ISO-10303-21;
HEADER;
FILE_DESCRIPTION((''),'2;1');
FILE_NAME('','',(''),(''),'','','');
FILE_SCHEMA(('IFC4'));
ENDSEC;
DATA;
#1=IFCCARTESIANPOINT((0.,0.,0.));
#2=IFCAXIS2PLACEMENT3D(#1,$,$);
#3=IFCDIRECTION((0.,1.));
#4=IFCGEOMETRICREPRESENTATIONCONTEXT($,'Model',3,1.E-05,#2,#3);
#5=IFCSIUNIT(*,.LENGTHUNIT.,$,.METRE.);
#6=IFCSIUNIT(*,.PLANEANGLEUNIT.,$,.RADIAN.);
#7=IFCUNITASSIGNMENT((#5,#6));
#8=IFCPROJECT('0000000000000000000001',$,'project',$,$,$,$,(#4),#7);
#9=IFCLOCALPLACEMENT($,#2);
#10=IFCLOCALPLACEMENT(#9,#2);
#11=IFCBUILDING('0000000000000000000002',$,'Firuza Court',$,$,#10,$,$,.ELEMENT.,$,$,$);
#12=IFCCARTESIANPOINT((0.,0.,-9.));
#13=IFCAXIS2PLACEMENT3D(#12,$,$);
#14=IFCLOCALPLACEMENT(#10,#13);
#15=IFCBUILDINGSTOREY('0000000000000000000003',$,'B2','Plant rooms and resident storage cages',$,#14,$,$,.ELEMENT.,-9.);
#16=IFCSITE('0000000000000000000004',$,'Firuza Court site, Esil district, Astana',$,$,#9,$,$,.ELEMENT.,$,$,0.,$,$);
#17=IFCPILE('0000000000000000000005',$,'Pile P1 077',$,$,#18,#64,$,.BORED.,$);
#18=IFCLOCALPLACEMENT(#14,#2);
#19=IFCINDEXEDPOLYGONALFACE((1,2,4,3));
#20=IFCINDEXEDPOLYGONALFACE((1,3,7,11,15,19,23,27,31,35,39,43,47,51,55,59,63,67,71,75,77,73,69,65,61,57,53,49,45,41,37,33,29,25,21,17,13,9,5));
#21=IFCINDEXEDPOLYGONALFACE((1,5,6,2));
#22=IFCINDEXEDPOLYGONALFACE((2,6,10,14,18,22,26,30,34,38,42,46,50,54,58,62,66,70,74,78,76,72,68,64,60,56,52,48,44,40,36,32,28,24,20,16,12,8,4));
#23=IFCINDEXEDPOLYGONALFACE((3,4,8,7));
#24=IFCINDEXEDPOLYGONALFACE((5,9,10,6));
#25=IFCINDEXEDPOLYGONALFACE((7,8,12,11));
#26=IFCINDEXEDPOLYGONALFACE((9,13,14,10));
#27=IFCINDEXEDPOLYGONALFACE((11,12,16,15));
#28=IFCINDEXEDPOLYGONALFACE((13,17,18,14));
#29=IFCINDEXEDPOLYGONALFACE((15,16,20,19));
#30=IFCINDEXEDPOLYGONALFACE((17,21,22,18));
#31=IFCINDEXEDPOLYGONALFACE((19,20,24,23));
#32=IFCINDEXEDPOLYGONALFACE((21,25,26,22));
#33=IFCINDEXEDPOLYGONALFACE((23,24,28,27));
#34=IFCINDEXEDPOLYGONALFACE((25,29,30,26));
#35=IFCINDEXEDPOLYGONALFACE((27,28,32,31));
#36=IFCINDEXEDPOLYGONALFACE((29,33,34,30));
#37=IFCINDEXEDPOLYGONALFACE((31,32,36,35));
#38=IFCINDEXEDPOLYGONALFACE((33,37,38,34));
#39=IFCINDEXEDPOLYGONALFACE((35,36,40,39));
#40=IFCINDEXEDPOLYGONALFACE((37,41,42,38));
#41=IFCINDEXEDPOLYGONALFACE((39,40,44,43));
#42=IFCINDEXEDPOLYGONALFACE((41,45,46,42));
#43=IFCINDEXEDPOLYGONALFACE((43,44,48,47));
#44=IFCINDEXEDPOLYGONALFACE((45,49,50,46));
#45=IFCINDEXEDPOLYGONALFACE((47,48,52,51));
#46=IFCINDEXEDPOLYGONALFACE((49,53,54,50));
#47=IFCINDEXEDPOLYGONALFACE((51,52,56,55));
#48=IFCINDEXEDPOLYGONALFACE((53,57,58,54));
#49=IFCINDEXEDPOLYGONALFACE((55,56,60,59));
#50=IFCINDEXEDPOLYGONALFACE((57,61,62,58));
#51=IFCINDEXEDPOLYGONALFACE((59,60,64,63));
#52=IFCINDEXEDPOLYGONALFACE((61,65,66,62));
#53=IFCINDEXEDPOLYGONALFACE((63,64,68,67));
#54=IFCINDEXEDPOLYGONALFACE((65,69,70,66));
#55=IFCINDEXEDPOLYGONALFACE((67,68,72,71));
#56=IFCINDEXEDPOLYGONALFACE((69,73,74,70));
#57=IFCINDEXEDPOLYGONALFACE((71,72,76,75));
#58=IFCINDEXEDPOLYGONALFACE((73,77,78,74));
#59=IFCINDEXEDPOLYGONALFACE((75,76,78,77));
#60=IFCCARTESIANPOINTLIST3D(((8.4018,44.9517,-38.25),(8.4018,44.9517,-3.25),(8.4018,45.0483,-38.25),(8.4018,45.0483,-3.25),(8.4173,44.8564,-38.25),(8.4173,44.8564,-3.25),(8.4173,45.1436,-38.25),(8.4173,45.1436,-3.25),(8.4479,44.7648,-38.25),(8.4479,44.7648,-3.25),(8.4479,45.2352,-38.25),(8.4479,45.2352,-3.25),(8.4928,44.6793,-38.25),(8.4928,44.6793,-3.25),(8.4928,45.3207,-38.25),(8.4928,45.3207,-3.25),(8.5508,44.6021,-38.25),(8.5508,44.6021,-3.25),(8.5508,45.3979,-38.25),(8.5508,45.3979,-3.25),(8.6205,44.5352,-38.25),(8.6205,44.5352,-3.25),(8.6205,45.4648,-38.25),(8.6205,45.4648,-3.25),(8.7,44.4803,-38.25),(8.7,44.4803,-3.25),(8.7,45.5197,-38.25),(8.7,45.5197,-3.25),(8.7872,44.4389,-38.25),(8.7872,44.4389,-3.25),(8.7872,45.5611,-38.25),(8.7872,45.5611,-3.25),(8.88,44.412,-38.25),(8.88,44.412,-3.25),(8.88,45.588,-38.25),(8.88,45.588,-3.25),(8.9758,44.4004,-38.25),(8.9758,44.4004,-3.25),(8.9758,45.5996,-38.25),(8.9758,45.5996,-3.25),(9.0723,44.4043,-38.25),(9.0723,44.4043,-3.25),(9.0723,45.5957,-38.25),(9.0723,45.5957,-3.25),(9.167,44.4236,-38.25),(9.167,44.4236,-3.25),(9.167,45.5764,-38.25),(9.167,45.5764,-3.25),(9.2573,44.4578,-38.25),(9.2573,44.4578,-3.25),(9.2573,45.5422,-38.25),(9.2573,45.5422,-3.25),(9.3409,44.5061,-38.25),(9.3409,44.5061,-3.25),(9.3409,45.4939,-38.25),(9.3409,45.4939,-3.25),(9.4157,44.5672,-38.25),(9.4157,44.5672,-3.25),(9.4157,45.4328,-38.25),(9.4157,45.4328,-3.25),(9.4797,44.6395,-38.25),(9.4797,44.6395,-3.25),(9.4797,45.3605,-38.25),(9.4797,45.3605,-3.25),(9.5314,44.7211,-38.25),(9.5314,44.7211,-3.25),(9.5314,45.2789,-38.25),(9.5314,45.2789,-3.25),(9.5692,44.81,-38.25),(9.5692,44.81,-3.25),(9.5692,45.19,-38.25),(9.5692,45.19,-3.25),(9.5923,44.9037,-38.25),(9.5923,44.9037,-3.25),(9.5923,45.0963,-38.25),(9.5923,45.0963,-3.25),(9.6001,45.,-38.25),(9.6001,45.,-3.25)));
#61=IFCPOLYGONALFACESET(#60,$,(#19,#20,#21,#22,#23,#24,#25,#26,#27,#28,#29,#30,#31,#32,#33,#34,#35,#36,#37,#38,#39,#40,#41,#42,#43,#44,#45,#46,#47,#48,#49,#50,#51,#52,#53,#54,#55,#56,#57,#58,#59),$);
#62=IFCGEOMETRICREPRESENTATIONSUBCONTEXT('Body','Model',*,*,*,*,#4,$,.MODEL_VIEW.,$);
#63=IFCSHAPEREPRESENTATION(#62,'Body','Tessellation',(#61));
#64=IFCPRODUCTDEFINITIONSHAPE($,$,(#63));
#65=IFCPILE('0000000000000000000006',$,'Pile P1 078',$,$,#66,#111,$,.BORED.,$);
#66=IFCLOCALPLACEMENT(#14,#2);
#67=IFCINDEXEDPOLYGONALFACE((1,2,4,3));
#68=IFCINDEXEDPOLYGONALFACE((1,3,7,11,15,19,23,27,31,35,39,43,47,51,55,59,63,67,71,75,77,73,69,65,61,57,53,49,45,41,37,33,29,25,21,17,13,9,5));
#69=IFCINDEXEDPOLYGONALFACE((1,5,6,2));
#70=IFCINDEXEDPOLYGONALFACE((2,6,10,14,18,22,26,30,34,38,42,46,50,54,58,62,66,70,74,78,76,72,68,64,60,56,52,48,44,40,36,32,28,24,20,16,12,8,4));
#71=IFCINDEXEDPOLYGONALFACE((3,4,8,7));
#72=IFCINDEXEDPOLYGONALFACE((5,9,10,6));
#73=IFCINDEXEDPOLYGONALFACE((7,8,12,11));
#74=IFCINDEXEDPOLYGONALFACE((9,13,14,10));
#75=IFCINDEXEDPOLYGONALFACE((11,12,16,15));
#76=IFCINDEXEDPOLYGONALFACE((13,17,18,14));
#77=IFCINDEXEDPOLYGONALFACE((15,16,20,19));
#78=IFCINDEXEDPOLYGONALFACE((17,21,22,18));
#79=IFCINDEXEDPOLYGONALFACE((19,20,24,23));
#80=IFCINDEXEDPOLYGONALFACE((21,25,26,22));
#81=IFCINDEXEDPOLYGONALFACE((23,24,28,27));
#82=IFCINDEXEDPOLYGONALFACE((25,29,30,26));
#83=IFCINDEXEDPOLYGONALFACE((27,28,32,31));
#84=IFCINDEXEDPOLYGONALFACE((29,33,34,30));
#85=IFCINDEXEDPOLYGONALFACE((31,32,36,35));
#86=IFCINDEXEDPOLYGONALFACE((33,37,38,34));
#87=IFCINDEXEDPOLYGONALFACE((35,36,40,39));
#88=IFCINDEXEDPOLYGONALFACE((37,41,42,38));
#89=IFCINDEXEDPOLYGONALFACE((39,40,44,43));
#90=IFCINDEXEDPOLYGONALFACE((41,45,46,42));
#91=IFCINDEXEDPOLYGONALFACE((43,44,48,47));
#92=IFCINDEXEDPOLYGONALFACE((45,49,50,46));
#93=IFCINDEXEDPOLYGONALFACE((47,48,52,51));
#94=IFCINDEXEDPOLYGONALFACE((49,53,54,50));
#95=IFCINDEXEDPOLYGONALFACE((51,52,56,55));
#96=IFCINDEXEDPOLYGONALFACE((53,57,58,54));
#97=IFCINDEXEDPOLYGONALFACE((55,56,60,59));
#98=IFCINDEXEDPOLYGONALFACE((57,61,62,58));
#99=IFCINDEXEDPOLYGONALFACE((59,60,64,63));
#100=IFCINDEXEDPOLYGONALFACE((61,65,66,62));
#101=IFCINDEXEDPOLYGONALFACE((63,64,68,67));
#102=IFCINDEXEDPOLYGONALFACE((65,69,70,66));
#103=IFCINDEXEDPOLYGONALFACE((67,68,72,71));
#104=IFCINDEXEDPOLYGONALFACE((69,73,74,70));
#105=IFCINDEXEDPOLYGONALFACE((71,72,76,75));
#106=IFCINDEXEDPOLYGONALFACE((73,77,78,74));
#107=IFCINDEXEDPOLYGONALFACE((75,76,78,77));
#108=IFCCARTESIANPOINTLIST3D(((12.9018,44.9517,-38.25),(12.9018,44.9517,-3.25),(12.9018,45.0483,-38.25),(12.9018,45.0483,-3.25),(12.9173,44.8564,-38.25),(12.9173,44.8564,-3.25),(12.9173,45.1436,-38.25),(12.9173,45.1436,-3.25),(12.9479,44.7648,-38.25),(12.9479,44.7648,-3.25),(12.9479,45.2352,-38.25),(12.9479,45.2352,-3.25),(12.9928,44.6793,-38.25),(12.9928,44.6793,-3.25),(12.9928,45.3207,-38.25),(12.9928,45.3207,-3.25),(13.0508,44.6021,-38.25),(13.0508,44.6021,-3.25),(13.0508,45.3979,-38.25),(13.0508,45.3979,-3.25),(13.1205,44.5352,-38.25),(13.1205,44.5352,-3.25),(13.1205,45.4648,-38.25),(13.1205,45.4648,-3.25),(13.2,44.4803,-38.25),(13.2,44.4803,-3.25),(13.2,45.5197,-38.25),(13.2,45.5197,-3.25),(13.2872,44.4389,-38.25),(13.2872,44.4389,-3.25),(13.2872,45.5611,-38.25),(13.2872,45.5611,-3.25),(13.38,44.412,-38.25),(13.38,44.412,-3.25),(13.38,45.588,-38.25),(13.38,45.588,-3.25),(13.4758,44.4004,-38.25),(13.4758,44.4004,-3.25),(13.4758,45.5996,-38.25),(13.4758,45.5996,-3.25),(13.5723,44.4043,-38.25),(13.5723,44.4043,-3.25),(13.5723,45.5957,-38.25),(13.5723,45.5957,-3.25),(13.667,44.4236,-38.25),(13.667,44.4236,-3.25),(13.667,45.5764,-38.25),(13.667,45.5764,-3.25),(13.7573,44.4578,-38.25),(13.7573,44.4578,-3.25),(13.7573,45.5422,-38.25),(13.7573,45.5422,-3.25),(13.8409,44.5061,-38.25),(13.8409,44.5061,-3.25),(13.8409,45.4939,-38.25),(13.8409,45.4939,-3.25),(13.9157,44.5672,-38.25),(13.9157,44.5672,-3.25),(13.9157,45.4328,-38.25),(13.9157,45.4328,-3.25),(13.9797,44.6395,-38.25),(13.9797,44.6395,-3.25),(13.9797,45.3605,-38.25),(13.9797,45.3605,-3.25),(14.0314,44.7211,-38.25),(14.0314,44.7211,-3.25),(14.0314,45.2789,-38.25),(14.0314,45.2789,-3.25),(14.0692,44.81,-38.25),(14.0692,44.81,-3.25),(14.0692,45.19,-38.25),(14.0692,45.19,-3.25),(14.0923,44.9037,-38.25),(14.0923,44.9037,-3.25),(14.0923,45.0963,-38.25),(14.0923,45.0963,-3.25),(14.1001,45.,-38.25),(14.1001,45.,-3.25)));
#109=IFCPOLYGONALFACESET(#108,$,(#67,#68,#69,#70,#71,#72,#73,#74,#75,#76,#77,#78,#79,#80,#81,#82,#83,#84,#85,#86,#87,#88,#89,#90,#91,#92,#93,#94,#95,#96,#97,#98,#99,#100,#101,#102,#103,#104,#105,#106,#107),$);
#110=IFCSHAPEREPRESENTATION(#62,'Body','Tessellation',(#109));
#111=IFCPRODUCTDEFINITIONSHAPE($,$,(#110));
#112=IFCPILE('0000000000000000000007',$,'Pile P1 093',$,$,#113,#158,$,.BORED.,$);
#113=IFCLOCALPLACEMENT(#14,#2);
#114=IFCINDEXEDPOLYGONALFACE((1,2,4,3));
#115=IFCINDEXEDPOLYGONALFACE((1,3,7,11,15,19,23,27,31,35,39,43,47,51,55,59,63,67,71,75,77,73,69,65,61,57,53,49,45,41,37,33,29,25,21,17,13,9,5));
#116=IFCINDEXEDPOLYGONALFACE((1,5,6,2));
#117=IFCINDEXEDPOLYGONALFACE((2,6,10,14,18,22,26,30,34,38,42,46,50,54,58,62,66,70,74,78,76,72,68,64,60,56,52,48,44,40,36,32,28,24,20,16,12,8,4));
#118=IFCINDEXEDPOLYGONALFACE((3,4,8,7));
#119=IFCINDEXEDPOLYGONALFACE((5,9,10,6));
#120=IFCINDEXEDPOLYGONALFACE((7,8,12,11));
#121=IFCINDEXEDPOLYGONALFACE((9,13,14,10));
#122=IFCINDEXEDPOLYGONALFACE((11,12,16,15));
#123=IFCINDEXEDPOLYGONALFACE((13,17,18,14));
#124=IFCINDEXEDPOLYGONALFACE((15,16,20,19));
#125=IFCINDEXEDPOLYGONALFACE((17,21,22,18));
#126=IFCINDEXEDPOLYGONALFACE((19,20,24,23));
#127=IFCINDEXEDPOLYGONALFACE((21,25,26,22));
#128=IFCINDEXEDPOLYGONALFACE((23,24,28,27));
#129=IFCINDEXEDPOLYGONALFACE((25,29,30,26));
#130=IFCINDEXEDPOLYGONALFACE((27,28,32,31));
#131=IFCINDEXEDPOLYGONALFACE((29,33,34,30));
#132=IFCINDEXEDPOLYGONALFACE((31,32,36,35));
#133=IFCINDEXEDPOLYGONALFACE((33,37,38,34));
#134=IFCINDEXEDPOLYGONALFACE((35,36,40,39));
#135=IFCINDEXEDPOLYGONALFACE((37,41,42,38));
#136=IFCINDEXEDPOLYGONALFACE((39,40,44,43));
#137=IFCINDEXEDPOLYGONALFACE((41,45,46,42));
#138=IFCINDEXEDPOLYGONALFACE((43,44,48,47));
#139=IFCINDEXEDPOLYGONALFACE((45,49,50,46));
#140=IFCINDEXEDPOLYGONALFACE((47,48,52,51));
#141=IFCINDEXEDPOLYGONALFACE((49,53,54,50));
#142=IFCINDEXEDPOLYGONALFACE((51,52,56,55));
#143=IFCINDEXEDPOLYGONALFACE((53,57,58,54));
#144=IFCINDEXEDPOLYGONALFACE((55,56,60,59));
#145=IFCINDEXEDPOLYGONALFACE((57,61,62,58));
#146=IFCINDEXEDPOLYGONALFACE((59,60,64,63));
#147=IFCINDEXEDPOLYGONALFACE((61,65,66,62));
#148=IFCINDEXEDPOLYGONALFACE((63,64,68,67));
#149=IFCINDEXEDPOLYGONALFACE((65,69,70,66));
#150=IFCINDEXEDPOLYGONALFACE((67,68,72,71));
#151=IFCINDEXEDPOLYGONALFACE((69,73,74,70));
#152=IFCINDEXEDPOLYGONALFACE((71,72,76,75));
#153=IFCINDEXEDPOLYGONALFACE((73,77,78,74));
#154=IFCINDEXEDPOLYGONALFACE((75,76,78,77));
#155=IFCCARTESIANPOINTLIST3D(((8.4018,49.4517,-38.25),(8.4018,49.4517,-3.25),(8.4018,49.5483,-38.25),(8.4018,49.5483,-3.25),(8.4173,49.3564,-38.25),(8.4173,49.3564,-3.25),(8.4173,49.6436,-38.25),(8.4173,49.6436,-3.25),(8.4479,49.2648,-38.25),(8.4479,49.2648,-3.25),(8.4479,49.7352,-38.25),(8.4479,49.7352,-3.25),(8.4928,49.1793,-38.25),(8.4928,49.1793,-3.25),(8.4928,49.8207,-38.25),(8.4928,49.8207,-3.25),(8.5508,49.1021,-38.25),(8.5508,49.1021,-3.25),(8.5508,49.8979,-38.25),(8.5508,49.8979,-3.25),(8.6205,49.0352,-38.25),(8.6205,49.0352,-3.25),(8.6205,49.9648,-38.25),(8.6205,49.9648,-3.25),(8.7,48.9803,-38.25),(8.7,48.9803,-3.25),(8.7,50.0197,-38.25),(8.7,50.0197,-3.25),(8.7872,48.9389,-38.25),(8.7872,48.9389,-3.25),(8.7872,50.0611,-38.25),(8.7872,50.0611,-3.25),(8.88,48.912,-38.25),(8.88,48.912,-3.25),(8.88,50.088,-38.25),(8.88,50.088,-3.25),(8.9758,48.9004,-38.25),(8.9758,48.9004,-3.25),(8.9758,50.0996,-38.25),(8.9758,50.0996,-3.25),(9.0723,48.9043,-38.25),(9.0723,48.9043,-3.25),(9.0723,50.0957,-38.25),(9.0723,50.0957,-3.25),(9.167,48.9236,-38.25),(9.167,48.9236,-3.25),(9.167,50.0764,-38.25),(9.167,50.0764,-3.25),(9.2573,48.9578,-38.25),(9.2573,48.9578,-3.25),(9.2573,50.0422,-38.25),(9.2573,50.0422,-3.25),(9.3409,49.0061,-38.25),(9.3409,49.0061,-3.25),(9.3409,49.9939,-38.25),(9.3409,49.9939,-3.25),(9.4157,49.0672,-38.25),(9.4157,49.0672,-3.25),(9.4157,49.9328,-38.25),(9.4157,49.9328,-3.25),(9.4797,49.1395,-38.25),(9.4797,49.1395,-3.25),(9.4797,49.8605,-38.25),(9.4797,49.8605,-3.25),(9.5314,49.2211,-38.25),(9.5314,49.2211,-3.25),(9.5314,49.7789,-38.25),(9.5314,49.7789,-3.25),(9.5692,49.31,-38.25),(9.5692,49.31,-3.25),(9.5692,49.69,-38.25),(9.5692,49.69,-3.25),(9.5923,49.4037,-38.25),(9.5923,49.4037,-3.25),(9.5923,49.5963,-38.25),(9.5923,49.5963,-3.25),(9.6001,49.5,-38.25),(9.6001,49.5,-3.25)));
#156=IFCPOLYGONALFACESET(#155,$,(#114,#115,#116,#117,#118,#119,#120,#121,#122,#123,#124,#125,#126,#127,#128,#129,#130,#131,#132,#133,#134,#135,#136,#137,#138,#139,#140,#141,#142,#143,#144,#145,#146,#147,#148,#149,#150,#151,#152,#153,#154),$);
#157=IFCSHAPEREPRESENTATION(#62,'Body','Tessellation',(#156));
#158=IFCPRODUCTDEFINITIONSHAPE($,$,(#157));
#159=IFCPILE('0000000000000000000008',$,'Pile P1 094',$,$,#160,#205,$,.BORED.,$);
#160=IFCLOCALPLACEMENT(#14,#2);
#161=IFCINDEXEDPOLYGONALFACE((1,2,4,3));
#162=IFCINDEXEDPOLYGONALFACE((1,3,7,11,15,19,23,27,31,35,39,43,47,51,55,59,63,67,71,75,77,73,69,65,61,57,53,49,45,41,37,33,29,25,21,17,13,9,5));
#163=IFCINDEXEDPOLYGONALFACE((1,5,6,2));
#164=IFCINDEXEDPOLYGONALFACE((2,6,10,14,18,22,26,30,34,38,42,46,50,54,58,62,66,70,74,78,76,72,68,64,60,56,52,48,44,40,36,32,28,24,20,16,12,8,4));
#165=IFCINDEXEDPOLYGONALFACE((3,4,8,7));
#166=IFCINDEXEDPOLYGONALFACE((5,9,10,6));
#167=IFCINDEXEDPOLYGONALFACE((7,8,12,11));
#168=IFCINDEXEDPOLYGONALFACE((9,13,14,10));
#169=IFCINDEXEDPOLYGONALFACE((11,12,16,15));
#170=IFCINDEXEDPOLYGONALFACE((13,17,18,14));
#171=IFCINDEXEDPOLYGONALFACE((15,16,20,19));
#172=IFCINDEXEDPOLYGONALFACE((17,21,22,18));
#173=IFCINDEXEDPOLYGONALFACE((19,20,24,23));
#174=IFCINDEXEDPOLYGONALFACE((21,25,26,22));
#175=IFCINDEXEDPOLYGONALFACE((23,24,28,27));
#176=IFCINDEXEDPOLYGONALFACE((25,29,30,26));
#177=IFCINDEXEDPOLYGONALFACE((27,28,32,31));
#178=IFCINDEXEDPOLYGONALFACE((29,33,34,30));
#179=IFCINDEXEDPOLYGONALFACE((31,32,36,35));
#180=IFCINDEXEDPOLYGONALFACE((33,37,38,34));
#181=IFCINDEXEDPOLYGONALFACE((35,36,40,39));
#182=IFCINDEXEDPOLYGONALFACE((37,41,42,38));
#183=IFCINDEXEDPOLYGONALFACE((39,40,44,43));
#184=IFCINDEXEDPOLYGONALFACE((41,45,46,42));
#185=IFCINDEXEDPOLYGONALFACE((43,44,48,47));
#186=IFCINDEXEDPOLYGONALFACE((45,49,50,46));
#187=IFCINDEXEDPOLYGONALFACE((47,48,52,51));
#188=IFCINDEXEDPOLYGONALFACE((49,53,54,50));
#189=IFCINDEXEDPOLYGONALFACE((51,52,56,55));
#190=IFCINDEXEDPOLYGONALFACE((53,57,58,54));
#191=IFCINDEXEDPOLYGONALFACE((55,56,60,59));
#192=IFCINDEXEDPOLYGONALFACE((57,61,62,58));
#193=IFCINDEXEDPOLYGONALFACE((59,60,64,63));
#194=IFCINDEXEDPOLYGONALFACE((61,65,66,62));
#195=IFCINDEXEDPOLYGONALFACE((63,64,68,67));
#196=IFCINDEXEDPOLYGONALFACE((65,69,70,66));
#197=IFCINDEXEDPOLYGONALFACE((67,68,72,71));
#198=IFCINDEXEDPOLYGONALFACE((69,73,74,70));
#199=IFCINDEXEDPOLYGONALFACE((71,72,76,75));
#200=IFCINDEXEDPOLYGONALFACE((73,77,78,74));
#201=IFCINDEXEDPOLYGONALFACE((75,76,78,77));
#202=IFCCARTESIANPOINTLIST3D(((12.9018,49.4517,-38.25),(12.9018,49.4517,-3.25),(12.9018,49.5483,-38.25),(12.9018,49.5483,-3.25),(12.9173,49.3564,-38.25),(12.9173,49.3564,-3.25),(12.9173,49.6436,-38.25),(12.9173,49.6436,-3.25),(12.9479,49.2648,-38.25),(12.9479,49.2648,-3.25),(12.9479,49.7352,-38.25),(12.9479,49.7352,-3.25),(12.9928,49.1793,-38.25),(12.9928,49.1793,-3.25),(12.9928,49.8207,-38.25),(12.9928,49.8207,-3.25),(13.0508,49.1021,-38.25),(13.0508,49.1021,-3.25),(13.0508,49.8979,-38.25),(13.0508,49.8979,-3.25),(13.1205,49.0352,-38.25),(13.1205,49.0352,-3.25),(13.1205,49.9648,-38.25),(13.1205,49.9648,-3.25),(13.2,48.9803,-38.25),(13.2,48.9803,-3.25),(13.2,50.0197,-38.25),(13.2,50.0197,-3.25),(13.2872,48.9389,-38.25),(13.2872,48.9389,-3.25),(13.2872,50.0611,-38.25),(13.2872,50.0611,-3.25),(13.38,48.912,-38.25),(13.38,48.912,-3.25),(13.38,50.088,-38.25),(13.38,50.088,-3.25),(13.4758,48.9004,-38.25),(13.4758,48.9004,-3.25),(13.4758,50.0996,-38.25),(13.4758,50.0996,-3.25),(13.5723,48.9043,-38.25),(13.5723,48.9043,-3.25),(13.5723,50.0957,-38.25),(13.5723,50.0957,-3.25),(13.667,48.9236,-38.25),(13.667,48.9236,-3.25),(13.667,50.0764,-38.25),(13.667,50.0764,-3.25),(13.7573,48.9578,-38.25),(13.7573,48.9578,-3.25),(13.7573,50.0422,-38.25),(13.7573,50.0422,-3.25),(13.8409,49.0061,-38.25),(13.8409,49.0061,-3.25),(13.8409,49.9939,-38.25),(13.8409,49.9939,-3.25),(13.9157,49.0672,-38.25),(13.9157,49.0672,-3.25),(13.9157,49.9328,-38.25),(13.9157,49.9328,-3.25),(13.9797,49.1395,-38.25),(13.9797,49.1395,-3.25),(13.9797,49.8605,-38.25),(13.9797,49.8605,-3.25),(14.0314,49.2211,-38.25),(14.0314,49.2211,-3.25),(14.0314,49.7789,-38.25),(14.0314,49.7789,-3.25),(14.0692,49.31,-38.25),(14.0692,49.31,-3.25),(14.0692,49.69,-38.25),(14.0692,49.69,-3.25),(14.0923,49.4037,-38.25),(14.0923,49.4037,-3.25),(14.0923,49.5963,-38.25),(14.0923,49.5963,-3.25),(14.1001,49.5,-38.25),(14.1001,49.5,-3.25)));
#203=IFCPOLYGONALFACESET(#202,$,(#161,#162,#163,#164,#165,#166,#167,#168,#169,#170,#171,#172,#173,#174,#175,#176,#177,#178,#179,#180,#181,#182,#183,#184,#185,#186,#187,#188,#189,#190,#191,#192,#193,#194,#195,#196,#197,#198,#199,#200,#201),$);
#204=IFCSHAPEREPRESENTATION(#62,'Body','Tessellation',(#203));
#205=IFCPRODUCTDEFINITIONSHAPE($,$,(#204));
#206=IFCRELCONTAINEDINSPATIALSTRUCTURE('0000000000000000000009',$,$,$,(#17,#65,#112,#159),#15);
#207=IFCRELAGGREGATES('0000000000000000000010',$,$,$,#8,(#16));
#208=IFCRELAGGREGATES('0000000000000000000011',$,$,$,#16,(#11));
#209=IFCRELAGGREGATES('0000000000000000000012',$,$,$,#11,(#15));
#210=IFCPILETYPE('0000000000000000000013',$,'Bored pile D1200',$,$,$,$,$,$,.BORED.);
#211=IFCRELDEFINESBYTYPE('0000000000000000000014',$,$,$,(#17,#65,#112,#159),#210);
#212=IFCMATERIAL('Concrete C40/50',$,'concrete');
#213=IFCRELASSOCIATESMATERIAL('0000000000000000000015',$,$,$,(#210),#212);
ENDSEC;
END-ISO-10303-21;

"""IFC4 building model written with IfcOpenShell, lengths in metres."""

from ifc_helpers import new_model, si_unit, direction, frame, origin, origin_2d, place, context, subcontext, project, spatial, circle, extrude, material, material_profile, profile_set, type_object, element, save


model = new_model("IFC4")

# Units and contexts
model_context = context("Model", 3, precision=1e-05, world=origin(), true_north=direction((0.0, 1.0)))
body_context = subcontext(model_context, "Body", "Model", "MODEL_VIEW")
ifc_project = project(units=[si_unit("LENGTHUNIT", "METRE"), si_unit("PLANEANGLEUNIT", "RADIAN")], contexts=[model_context])

# Site, building, storey
site_placement = place(None, origin())
site = spatial("IfcSite", under=ifc_project, at=site_placement, Name="Firuza Court site, Esil district, Astana", CompositionType="ELEMENT", RefElevation=0.0)
building_placement = place(site_placement, origin())
building = spatial("IfcBuilding", under=site, at=building_placement, Name="Firuza Court", CompositionType="ELEMENT")
storey_placement = place(building_placement, frame((0.0, 0.0, -9.0)))
storey = spatial("IfcBuildingStorey", under=building, at=storey_placement, Name="B2", Description="Plant rooms and resident storage cages", CompositionType="ELEMENT", Elevation=-9.0)

# Piles
ifc_material_1 = material(Name="Concrete C40/50", Category="concrete")
ifc_material_profile_1 = material_profile(ifc_material_1, circle(Radius=0.6001, at=origin_2d()), Name="Pile D1200")
ifc_profile_set_1 = profile_set([ifc_material_profile_1], Name="Concrete C40/50")
pile_type = type_object("IfcPileType", Name="Bored pile D1200", PredefinedType="BORED", material=ifc_profile_set_1)
for number, where, z_axis, x_axis, name in (
    (1, (9.0, 45.0, -3.25), (0.0, 0.0, -1.0), (1.0, 0.0, 0.0), "Pile P1 077"),
    (2, (13.5, 45.0, -3.25), (0.0, 0.0, -1.0), (1.0, 0.0, 0.0), "Pile P1 078"),
    (3, (9.0, 49.5, -3.25), (0.0, 0.0, -1.0), (1.0, 0.0, 0.0), "Pile P1 093"),
    (4, (13.5, 49.5, -3.25), (0.0, 0.0, -1.0), (1.0, 0.0, 0.0), "Pile P1 094"),
):
    element("IfcPile", number, at=place(storey_placement, frame(where, z_axis=z_axis, x_axis=x_axis)), inside=storey, type_object=pile_type, Name=name, PredefinedType="BORED", context=body_context, shape_type="SweptSolid", body=[
        extrude(circle(Radius=0.6001, at=origin_2d()), origin(), (0.0, 0.0, 1.0), 35.0),
    ])

save(model, "model.ifc")
